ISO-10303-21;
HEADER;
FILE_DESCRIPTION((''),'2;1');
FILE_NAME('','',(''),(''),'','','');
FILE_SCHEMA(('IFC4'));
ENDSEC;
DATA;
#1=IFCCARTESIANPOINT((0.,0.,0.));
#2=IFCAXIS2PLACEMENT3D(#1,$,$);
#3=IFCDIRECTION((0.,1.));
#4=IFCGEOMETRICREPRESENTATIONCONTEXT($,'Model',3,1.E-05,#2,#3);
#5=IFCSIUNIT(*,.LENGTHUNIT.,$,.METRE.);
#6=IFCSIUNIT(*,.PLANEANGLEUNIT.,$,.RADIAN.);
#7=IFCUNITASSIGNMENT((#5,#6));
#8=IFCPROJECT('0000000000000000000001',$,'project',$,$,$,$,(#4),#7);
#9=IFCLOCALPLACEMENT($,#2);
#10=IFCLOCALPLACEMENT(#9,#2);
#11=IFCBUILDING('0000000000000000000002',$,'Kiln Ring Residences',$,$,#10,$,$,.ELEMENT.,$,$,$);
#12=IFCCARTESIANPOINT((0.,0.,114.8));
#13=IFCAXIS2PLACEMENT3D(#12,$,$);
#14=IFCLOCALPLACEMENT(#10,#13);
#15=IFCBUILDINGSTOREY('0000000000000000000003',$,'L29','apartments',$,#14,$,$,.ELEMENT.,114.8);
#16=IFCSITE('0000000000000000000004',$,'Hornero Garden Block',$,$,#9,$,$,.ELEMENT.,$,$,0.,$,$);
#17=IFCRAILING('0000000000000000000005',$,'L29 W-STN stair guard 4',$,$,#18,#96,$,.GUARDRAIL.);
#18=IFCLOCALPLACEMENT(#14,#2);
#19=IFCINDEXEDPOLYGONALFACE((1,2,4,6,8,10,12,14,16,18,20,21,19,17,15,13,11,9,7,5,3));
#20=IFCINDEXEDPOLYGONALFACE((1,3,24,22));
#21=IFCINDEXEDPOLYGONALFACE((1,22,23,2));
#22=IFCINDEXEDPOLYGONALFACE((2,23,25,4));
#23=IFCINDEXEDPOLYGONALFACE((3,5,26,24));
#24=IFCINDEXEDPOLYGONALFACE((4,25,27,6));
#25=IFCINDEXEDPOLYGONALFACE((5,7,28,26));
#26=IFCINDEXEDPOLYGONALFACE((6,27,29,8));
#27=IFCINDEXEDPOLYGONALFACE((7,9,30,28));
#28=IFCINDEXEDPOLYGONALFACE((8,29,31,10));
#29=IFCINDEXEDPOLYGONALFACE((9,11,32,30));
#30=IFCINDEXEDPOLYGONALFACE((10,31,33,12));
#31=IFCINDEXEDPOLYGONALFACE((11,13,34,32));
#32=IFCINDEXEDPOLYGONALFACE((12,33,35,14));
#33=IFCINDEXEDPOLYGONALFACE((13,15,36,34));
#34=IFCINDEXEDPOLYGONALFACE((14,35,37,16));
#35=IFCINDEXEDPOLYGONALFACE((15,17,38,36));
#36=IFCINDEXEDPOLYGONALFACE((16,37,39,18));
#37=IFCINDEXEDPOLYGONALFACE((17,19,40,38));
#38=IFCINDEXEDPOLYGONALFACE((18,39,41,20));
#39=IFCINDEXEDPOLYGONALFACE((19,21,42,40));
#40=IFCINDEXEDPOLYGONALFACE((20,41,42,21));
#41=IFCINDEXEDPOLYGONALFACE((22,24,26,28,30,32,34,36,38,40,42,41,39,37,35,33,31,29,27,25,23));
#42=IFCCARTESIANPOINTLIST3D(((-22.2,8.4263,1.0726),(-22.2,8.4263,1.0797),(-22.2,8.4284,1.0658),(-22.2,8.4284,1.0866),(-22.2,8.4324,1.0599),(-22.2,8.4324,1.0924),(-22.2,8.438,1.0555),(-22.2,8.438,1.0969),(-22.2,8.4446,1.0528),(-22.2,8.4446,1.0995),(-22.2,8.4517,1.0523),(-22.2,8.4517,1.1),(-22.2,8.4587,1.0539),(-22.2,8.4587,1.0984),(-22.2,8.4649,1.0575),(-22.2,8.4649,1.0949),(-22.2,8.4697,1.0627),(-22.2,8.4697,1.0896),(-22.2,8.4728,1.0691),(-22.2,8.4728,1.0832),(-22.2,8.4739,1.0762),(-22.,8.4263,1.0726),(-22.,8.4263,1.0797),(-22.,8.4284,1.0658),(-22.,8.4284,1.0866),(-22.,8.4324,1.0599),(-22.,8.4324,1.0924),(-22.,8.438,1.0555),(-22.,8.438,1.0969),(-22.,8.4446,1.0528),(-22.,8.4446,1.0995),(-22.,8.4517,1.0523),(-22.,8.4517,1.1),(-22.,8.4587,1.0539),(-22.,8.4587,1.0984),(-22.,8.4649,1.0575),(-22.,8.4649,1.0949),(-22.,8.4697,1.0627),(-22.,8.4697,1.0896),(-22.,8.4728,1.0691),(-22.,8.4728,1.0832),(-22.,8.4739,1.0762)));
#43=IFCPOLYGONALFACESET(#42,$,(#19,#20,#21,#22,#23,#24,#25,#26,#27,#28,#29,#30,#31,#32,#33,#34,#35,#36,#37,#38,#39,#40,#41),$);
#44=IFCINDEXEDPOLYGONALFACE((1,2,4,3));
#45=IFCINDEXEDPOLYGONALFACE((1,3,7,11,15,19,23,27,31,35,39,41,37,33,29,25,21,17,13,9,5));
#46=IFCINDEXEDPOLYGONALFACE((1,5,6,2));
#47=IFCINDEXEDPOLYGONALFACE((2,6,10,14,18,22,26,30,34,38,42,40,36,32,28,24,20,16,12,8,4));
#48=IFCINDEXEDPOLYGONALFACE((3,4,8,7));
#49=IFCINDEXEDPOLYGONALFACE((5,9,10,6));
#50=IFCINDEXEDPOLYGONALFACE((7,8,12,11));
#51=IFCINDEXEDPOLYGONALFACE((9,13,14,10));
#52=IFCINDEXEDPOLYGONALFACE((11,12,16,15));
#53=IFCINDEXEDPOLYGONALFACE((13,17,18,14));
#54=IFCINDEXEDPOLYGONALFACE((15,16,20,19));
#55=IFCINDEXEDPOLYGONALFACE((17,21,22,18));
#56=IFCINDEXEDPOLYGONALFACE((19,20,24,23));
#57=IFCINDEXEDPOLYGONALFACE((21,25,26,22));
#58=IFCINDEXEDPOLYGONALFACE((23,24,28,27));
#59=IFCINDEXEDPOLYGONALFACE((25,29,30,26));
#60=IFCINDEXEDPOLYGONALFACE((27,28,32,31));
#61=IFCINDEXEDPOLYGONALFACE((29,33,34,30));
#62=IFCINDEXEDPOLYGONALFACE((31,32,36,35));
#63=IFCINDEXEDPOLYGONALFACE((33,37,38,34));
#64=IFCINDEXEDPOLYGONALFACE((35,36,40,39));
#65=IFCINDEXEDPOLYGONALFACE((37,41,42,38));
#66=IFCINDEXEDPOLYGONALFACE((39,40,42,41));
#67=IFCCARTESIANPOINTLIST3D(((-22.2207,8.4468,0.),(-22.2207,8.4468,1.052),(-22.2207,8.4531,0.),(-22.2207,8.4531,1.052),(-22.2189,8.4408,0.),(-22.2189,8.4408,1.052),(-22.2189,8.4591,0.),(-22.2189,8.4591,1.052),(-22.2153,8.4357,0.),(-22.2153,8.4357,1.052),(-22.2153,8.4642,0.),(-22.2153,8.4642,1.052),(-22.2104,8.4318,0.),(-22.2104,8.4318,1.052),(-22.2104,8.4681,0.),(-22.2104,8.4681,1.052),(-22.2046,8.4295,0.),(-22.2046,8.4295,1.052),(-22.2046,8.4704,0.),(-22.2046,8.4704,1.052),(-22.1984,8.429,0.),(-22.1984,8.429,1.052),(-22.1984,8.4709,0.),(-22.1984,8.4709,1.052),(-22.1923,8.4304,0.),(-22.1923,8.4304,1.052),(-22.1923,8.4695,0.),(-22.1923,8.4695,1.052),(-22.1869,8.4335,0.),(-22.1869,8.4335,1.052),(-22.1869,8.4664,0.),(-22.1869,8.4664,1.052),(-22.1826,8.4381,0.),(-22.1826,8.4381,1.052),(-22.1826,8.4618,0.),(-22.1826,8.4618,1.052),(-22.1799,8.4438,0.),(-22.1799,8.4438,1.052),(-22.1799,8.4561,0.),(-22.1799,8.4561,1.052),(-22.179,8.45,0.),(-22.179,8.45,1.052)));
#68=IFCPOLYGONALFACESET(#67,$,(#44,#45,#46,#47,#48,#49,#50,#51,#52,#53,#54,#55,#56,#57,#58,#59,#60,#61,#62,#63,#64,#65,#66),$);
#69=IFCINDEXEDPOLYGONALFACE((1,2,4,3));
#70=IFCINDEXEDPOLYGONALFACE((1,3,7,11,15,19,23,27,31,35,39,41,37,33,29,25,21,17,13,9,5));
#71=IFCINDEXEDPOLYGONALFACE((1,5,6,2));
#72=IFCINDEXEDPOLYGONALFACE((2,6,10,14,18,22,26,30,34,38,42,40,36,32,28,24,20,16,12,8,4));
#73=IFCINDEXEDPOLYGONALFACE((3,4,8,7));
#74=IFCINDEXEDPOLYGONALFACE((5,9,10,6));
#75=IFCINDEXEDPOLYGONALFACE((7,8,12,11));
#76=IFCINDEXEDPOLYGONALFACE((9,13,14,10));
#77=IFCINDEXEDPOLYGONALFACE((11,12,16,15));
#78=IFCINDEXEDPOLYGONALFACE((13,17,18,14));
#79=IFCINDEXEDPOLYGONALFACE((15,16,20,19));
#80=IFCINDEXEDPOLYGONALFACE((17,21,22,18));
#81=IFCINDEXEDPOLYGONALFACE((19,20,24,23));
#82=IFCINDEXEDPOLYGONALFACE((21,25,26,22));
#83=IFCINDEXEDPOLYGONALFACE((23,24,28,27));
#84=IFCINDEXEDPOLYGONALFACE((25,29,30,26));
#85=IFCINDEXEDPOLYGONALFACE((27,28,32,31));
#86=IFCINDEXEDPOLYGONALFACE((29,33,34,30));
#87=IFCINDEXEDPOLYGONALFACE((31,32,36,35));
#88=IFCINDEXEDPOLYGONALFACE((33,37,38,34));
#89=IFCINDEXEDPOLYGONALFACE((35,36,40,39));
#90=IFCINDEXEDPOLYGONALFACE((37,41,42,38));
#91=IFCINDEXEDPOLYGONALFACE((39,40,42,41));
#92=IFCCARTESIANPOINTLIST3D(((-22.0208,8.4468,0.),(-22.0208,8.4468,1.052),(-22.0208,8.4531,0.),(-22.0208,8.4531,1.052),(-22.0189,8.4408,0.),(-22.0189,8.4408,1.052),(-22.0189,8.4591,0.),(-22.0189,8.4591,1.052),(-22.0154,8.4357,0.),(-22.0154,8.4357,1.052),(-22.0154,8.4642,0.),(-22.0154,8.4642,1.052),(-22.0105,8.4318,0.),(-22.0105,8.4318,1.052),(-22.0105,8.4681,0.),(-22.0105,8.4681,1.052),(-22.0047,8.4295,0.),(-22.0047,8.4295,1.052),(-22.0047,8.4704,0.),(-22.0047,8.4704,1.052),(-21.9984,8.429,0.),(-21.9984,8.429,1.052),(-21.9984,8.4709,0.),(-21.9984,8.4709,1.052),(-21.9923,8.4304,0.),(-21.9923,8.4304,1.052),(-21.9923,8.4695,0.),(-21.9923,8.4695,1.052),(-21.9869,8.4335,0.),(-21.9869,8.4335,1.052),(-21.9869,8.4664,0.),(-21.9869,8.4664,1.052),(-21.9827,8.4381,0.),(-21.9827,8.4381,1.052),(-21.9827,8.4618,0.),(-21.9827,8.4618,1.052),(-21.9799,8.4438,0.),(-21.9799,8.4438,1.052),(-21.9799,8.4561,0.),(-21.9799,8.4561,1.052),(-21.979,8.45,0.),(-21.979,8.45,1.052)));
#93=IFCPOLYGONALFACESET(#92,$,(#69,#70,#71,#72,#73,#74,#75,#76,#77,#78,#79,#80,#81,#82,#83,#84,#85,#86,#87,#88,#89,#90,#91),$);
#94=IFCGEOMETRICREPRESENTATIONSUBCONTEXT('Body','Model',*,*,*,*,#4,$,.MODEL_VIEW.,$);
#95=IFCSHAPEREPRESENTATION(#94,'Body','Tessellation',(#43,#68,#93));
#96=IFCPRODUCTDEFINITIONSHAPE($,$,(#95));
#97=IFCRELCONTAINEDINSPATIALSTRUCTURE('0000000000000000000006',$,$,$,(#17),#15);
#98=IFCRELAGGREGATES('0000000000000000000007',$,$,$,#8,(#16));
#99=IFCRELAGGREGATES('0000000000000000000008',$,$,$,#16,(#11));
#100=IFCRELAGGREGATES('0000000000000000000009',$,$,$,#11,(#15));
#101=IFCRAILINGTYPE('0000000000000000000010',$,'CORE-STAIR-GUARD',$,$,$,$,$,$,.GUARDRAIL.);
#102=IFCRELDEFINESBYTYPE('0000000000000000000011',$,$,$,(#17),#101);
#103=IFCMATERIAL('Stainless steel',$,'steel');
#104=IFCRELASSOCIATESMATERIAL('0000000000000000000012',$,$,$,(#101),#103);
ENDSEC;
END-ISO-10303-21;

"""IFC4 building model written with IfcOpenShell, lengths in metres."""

from ifc_helpers import new_model, si_unit, direction, frame, origin, origin_2d, place, context, subcontext, project, spatial, circle, extrude, material, type_object, element, save


model = new_model("IFC4")

# Units and contexts
model_context = context("Model", 3, precision=1e-05, world=origin(), true_north=direction((0.0, 1.0)))
body_context = subcontext(model_context, "Body", "Model", "MODEL_VIEW")
ifc_project = project(units=[si_unit("LENGTHUNIT", "METRE"), si_unit("PLANEANGLEUNIT", "RADIAN")], contexts=[model_context])

# Site, building, storey
site_placement = place(None, origin())
site = spatial("IfcSite", under=ifc_project, at=site_placement, Name="Hornero Garden Block", CompositionType="ELEMENT", RefElevation=0.0)
building_placement = place(site_placement, origin())
building = spatial("IfcBuilding", under=site, at=building_placement, Name="Kiln Ring Residences", CompositionType="ELEMENT")
storey_placement = place(building_placement, frame((0.0, 0.0, 114.8)))
storey = spatial("IfcBuildingStorey", under=building, at=storey_placement, Name="L29", Description="apartments", CompositionType="ELEMENT", Elevation=114.8)

# Railing
ifc_material_1 = material(Name="Stainless steel", Category="steel")
railing_type_1 = type_object("IfcRailingType", Name="CORE-STAIR-GUARD", PredefinedType="GUARDRAIL", material=ifc_material_1)
railing_1_placement = place(storey_placement, frame((-22.2, 8.45, 0.0)))
element("IfcRailing", 1, at=railing_1_placement, inside=storey, type_object=railing_type_1, Name="L29 W-STN stair guard 4", PredefinedType="GUARDRAIL", context=body_context, shape_type="SweptSolid", body=[
    extrude(circle(Radius=0.0239, at=origin_2d()), frame((0.0, 0.0, 1.0762), z_axis=(1.0, 0.0, 0.0), x_axis=(0.0, 1.0, 0.0)), (0.0, 0.0, 1.0), 0.2),
    extrude(circle(Radius=0.021, at=origin_2d()), origin(), (0.0, 0.0, 1.0), 1.052),
    extrude(circle(Radius=0.021, at=origin_2d()), frame((0.2, 0.0, 0.0)), (0.0, 0.0, 1.0), 1.052),
])

save(model, "model.ifc")
